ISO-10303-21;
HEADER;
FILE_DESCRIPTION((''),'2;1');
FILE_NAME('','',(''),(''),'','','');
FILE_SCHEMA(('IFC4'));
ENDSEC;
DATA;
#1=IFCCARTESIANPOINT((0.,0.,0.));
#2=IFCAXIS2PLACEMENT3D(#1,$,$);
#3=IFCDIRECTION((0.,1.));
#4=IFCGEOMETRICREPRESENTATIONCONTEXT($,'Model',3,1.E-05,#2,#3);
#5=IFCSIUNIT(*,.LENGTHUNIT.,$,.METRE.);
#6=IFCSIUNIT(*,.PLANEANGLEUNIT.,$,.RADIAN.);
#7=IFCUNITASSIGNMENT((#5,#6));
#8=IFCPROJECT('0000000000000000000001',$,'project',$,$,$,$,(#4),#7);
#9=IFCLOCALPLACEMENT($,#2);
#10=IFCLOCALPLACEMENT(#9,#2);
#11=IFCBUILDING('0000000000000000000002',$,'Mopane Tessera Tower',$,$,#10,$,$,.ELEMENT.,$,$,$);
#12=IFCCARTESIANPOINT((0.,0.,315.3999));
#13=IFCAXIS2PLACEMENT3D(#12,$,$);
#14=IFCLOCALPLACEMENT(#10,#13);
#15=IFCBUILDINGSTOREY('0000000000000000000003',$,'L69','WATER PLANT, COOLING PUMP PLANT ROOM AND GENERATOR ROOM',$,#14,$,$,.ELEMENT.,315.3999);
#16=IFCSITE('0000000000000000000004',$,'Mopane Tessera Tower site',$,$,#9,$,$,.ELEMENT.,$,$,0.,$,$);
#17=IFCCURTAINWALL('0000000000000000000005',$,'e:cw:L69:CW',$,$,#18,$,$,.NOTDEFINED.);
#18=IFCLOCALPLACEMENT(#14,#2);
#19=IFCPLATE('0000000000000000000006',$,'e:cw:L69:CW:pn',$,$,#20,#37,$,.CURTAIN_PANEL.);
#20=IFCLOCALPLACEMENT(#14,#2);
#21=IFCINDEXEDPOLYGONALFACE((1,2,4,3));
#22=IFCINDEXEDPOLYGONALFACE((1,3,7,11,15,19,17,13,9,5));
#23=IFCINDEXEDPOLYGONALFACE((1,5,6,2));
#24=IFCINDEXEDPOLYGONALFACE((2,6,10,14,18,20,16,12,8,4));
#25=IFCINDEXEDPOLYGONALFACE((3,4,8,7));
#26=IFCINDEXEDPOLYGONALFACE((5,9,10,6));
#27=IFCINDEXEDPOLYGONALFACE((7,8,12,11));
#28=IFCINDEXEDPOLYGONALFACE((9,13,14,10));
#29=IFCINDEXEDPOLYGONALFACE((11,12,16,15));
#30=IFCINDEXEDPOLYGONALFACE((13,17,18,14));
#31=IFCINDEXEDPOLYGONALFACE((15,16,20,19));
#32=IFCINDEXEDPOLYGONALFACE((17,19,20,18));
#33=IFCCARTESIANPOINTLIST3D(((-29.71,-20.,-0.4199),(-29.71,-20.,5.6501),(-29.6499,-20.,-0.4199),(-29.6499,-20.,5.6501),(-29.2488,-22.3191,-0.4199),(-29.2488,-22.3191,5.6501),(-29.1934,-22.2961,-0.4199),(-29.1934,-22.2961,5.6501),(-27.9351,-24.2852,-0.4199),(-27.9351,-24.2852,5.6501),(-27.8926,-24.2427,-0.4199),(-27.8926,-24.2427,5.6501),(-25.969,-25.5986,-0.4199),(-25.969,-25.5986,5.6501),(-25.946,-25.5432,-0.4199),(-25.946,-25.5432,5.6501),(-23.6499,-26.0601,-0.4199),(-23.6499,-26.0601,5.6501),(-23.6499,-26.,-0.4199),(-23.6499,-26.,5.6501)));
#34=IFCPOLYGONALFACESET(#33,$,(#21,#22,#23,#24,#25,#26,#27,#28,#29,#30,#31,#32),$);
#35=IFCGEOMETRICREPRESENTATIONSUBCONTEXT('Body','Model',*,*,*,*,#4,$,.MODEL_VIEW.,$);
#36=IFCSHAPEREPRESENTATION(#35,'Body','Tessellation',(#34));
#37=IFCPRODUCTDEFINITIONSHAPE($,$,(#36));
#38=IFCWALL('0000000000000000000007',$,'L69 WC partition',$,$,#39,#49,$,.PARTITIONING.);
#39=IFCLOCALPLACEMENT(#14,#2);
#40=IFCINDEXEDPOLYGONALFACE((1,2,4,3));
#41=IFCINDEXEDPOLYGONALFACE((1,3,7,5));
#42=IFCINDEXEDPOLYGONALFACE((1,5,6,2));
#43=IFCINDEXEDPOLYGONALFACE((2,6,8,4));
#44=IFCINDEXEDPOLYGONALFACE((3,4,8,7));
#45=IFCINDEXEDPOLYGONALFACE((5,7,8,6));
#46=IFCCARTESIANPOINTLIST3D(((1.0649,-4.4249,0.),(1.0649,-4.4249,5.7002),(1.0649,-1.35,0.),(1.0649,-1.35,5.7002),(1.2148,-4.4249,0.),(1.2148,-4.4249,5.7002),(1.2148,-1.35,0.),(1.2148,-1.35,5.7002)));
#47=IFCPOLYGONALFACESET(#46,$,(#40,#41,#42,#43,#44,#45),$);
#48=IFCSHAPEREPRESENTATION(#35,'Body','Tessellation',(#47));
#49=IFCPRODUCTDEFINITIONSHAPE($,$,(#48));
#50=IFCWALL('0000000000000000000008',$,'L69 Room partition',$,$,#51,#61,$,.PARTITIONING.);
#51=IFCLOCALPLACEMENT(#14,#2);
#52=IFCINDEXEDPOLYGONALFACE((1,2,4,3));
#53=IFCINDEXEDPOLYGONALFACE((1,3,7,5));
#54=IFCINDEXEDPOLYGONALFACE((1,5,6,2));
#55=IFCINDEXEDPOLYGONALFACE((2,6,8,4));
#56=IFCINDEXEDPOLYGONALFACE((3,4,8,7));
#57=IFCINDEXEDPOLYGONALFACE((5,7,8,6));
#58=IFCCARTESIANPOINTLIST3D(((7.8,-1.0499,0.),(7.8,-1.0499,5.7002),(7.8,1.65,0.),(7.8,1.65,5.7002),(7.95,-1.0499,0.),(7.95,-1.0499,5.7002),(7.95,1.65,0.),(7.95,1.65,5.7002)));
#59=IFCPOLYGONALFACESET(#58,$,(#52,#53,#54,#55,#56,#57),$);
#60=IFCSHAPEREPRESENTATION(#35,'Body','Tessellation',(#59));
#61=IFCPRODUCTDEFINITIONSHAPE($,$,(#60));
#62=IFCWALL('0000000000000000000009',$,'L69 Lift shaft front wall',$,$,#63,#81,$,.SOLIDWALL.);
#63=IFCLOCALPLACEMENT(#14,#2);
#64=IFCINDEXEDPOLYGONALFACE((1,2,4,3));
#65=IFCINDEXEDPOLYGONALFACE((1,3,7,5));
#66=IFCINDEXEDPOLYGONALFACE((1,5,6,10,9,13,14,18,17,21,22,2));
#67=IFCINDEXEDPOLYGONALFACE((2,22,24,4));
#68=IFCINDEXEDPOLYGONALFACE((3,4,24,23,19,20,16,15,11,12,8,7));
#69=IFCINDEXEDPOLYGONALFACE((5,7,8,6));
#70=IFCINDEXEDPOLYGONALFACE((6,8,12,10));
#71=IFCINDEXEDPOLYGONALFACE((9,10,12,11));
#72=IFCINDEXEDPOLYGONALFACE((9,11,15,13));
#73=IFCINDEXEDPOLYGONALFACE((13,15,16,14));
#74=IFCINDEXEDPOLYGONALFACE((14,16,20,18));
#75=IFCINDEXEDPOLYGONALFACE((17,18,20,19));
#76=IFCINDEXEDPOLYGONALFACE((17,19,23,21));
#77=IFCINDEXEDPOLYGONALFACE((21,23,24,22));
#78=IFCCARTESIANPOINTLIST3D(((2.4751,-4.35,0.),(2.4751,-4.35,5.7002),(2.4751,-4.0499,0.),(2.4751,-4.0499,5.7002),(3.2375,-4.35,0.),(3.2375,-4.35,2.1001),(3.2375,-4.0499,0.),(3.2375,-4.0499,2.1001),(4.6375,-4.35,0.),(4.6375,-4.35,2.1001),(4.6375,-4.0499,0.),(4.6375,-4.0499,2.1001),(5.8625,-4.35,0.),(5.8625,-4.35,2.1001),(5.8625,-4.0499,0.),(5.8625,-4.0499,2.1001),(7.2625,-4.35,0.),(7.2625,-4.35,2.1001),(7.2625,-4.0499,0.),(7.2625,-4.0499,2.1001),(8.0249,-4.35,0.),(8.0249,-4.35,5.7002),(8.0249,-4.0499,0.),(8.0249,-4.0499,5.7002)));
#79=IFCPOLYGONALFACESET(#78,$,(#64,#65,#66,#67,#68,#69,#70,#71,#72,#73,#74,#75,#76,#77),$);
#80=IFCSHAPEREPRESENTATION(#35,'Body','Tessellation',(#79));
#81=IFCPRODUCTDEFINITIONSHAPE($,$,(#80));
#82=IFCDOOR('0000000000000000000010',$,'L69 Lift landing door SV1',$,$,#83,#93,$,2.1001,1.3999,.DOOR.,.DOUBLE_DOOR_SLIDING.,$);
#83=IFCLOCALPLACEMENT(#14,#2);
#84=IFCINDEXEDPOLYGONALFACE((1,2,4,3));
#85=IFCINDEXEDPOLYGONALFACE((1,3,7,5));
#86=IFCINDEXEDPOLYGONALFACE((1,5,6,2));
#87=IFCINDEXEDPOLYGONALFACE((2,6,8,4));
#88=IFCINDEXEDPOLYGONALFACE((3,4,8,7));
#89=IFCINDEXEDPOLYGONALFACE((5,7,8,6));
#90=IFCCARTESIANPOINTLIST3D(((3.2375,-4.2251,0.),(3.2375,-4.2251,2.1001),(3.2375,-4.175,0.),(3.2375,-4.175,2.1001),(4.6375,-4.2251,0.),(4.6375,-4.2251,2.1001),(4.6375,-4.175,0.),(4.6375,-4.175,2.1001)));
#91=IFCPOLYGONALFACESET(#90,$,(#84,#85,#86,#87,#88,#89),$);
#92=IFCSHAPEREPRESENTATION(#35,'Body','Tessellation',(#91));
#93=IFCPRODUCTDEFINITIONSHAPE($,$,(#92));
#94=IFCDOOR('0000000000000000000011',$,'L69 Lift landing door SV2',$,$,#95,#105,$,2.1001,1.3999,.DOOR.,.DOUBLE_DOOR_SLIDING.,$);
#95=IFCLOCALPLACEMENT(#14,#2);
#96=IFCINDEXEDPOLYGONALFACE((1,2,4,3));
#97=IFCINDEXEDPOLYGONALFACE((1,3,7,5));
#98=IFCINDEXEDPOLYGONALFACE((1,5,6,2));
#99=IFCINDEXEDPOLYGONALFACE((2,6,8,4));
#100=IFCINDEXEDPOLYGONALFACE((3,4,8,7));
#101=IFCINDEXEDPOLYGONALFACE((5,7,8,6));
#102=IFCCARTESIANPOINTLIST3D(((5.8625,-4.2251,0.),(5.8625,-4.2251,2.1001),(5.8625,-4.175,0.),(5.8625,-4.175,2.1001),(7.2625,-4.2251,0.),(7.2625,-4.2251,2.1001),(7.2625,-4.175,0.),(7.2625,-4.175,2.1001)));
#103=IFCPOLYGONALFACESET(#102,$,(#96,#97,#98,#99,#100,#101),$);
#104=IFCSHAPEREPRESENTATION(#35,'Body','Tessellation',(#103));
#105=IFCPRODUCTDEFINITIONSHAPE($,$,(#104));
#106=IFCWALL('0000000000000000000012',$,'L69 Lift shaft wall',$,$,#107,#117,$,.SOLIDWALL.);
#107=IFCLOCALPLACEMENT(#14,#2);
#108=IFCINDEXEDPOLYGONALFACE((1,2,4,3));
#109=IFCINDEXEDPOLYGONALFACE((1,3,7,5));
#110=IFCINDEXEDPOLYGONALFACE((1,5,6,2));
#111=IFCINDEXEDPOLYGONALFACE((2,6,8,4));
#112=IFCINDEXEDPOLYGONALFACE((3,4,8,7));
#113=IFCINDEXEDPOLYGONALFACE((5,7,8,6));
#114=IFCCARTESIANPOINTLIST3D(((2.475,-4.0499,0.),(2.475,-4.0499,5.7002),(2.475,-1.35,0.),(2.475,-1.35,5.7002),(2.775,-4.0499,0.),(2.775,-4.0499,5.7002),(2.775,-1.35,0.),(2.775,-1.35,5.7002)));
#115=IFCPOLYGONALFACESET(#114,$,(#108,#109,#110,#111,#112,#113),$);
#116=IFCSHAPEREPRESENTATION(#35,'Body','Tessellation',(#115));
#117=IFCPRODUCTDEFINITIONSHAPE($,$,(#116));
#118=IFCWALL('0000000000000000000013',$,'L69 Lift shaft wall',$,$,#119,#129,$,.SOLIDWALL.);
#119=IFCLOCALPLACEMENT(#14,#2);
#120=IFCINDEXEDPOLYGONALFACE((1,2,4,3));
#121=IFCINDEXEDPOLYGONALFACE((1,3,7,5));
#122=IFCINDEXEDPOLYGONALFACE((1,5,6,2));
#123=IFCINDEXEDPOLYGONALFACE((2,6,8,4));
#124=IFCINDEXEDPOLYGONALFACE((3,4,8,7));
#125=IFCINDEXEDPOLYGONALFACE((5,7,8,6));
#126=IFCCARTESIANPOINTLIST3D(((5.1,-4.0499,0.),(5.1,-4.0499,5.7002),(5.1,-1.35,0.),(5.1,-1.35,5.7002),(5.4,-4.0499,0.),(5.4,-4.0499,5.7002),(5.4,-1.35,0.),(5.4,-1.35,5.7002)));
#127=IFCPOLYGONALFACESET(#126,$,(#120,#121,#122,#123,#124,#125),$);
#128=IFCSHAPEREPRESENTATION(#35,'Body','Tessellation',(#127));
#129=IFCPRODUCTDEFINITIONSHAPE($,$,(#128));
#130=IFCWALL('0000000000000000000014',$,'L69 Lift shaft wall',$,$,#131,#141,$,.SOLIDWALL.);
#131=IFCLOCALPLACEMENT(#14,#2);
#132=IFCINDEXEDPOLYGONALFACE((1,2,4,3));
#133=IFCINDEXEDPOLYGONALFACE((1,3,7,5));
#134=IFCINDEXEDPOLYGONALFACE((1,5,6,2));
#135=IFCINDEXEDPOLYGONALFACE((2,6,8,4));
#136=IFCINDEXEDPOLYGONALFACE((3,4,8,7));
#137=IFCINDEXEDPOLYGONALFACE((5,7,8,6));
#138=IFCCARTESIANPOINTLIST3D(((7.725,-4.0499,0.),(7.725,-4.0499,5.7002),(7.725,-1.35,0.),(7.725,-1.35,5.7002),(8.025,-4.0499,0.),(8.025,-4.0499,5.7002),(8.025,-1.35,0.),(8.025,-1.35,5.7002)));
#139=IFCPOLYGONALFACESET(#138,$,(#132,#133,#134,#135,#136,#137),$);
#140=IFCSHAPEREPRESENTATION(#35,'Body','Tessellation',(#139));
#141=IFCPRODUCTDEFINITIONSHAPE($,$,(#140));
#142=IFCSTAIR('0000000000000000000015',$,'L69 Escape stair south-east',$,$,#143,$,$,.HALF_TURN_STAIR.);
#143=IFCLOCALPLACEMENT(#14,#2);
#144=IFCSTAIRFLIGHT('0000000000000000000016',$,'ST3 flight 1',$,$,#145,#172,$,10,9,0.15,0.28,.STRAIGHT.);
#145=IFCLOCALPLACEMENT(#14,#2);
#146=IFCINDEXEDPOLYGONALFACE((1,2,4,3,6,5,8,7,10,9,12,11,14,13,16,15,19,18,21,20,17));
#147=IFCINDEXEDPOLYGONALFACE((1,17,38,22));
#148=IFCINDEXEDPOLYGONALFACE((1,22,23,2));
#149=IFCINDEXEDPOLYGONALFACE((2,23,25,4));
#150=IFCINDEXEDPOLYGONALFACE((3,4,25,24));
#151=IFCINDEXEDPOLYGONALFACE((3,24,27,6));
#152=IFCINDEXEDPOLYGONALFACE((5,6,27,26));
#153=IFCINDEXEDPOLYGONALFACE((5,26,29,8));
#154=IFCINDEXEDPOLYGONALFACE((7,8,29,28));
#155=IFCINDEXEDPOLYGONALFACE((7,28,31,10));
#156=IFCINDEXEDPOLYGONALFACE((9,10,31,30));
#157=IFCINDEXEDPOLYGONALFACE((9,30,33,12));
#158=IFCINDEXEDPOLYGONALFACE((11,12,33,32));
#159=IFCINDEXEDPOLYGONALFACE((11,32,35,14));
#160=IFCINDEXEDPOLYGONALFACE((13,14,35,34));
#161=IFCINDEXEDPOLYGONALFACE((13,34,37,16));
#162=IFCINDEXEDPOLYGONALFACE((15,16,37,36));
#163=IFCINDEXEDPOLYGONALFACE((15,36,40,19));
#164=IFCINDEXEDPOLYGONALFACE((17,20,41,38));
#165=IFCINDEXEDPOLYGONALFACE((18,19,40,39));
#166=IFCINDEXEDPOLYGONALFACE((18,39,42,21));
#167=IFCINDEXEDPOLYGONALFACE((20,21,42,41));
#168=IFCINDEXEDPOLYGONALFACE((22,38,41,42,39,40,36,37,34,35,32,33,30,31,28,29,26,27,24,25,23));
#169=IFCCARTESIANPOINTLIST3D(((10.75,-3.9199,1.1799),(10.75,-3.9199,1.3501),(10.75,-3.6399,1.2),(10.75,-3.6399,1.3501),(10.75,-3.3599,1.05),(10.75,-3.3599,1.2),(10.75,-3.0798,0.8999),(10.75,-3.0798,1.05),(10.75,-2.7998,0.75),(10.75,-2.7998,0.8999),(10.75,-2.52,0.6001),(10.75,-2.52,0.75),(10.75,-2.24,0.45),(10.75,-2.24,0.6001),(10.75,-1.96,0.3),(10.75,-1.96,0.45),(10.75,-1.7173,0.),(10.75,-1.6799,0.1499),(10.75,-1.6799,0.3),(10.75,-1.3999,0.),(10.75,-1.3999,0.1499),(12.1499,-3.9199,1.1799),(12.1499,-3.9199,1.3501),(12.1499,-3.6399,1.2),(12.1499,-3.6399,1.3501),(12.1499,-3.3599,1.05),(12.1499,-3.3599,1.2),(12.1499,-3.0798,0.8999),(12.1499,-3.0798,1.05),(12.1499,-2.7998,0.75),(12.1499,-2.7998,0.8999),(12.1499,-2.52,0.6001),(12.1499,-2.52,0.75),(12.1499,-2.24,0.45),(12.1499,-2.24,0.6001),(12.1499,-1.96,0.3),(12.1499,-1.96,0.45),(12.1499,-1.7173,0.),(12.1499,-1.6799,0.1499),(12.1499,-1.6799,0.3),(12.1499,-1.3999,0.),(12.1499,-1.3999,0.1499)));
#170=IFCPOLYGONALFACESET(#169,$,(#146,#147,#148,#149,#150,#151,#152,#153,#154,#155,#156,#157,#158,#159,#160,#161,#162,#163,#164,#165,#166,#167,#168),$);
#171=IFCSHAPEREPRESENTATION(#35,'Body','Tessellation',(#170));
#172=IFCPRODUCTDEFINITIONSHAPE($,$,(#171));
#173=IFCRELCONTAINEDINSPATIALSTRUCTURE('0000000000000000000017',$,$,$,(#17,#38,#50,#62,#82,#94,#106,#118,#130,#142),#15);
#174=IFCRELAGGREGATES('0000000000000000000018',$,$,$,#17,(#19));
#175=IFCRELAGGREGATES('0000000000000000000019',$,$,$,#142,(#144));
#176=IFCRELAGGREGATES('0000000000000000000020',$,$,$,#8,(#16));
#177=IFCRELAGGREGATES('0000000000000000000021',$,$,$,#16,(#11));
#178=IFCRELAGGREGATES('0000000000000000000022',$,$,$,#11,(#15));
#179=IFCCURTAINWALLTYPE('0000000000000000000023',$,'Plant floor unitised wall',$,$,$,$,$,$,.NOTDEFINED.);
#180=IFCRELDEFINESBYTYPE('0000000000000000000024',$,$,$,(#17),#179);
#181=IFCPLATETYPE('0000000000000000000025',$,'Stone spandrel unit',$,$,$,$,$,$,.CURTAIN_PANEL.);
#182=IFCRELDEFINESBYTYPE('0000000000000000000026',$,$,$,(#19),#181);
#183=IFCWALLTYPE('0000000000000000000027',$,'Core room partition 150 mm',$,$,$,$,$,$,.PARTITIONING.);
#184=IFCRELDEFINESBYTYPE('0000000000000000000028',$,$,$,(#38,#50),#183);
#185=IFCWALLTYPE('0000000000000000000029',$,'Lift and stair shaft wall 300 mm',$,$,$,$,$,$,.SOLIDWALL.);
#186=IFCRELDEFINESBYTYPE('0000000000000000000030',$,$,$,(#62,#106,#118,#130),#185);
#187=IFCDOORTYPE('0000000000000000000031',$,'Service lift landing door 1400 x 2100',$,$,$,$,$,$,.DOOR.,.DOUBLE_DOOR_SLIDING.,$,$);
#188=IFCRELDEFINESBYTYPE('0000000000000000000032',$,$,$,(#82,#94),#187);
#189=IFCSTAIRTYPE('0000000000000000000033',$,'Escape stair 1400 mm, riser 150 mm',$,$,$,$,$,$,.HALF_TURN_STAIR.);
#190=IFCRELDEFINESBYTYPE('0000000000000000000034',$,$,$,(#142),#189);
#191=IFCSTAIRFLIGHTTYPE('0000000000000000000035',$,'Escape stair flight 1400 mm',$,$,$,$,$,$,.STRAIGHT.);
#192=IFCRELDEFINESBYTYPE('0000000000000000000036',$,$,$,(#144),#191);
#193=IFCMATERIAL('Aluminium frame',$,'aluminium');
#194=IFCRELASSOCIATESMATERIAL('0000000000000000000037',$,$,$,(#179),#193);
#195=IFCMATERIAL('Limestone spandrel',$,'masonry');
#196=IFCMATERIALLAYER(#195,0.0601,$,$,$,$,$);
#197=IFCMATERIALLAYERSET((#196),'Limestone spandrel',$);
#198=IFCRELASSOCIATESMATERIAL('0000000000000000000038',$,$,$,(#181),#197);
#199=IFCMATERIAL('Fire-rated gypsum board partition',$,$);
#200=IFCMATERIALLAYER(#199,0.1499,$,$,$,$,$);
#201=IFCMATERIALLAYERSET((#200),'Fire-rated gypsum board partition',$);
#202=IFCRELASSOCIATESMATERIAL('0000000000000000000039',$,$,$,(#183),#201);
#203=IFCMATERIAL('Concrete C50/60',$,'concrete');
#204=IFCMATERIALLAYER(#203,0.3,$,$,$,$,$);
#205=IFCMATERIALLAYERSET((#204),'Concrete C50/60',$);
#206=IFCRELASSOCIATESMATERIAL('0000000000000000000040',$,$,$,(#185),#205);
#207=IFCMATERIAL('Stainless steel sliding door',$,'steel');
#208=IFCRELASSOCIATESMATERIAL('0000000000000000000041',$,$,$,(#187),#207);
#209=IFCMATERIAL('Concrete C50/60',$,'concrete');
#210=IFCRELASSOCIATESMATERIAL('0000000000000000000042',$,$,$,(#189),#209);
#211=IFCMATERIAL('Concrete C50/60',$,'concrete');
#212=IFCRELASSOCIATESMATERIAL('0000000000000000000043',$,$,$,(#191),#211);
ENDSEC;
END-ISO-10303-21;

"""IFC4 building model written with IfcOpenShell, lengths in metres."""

from ifc_helpers import new_model, si_unit, direction, frame, frame_2d, origin, place, context, subcontext, project, spatial, polyline, rectangle, outline, extrude, material, layer, layer_set, type_object, element, fill, aggregate, save


model = new_model("IFC4")

# Units and contexts
model_context = context("Model", 3, precision=1e-05, world=origin(), true_north=direction((0.0, 1.0)))
body_context = subcontext(model_context, "Body", "Model", "MODEL_VIEW")
ifc_project = project(units=[si_unit("LENGTHUNIT", "METRE"), si_unit("PLANEANGLEUNIT", "RADIAN")], contexts=[model_context])

# Site, building, storey
site_placement = place(None, origin())
site = spatial("IfcSite", under=ifc_project, at=site_placement, Name="Mopane Tessera Tower site", CompositionType="ELEMENT", RefElevation=0.0)
building_placement = place(site_placement, origin())
building = spatial("IfcBuilding", under=site, at=building_placement, Name="Mopane Tessera Tower", CompositionType="ELEMENT")
storey_placement = place(building_placement, frame((0.0, 0.0, 315.3999)))
storey = spatial("IfcBuildingStorey", under=building, at=storey_placement, Name="L69", Description="WATER PLANT, COOLING PUMP PLANT ROOM AND GENERATOR ROOM", CompositionType="ELEMENT", Elevation=315.3999)

# Curtain wall, plate
ifc_material_1 = material(Name="Aluminium frame", Category="aluminium")
curtain_wall_type = type_object("IfcCurtainWallType", Name="Plant floor unitised wall", PredefinedType="NOTDEFINED", material=ifc_material_1)
curtain_wall_placement = place(storey_placement, origin())
curtain_wall = element("IfcCurtainWall", 1, at=curtain_wall_placement, inside=storey, type_object=curtain_wall_type, Name="e:cw:L69:CW", PredefinedType="NOTDEFINED")
ifc_material_2 = material(Name="Limestone spandrel", Category="masonry")
ifc_layer_1 = layer(ifc_material_2, 0.0601)
ifc_layer_set_1 = layer_set([ifc_layer_1], Name="Limestone spandrel")
plate_type = type_object("IfcPlateType", Name="Stone spandrel unit", PredefinedType="CURTAIN_PANEL", material=ifc_layer_set_1)
plate_placement = place(storey_placement, frame((0.0, 0.0, -0.4199)))
plate = element("IfcPlate", 2, at=plate_placement, type_object=plate_type, Name="e:cw:L69:CW:pn", PredefinedType="CURTAIN_PANEL", context=body_context, shape_type="SweptSolid", body=[
    extrude(outline(polyline([(-29.6499, -20.0), (-29.1934, -22.2961), (-27.8926, -24.2427), (-25.946, -25.5432), (-23.6499, -26.0), (-23.6499, -26.0601), (-25.969, -25.5986), (-27.9351, -24.2852), (-29.2488, -22.3191), (-29.71, -20.0), (-29.6499, -20.0)])), origin(), (0.0, 0.0, 1.0), 6.0701),
])
aggregate(curtain_wall, [plate])

# Walls
ifc_material_3 = material(Name="Fire-rated gypsum board partition")
ifc_layer_2 = layer(ifc_material_3, 0.1499)
ifc_layer_set_2 = layer_set([ifc_layer_2], Name="Fire-rated gypsum board partition")
wall_type_1 = type_object("IfcWallType", Name="Core room partition 150 mm", PredefinedType="PARTITIONING", material=ifc_layer_set_2)
wall_1_placement = place(storey_placement, frame((1.1399, -4.425, 0.0), z_axis=(0.0, 0.0, 1.0), x_axis=(0.0, 1.0, 0.0)))
element("IfcWall", 3, at=wall_1_placement, inside=storey, type_object=wall_type_1, Name="L69 WC partition", PredefinedType="PARTITIONING", context=body_context, shape_type="SweptSolid", body=[
    extrude(rectangle(XDim=3.075, YDim=0.1499, at=frame_2d((1.5376, 0.0))), origin(), (0.0, 0.0, 1.0), 5.7002),
])
wall_2_placement = place(storey_placement, frame((7.875, -1.05, 0.0), z_axis=(0.0, 0.0, 1.0), x_axis=(0.0, 1.0, 0.0)))
element("IfcWall", 4, at=wall_2_placement, inside=storey, type_object=wall_type_1, Name="L69 Room partition", PredefinedType="PARTITIONING", context=body_context, shape_type="SweptSolid", body=[
    extrude(rectangle(XDim=2.7, YDim=0.1499, at=frame_2d((1.3501, 0.0))), origin(), (0.0, 0.0, 1.0), 5.7002),
])

# Wall, openings, doors
ifc_material_4 = material(Name="Concrete C50/60", Category="concrete")
ifc_layer_3 = layer(ifc_material_4, 0.3)
ifc_layer_set_3 = layer_set([ifc_layer_3], Name="Concrete C50/60")
wall_type_2 = type_object("IfcWallType", Name="Lift and stair shaft wall 300 mm", PredefinedType="SOLIDWALL", material=ifc_layer_set_3)
wall_3_placement = place(storey_placement, frame((2.4751, -4.2, 0.0), z_axis=(0.0, 0.0, 1.0), x_axis=(1.0, 0.0, 0.0)))
wall_3 = element("IfcWall", 5, at=wall_3_placement, inside=storey, type_object=wall_type_2, Name="L69 Lift shaft front wall", PredefinedType="SOLIDWALL", context=body_context, shape_type="SweptSolid", body=[
    extrude(rectangle(XDim=5.5498, YDim=0.3, at=frame_2d((2.7749, 0.0))), origin(), (0.0, 0.0, 1.0), 5.7002),
])
opening_1_placement = place(wall_3_placement, frame((0.7625, 0.0, 0.0)))
opening_1 = element("IfcOpeningElement", 6, at=opening_1_placement, cuts=wall_3, PredefinedType="OPENING", context=body_context, shape_type="SweptSolid", body=[
    extrude(rectangle(XDim=1.3999, YDim=2.1001, at=frame_2d((0.7, 1.05))), frame((0.0, 0.1621, 0.0), z_axis=(0.0, -1.0, 0.0), x_axis=(1.0, 0.0, 0.0)), (0.0, 0.0, 1.0), 0.324),
])
opening_2_placement = place(wall_3_placement, frame((3.3875, 0.0, 0.0)))
opening_2 = element("IfcOpeningElement", 7, at=opening_2_placement, cuts=wall_3, PredefinedType="OPENING", context=body_context, shape_type="SweptSolid", body=[
    extrude(rectangle(XDim=1.3999, YDim=2.1001, at=frame_2d((0.7, 1.05))), frame((0.0, 0.1621, 0.0), z_axis=(0.0, -1.0, 0.0), x_axis=(1.0, 0.0, 0.0)), (0.0, 0.0, 1.0), 0.324),
])
ifc_material_5 = material(Name="Stainless steel sliding door", Category="steel")
door_type = type_object("IfcDoorType", Name="Service lift landing door 1400 x 2100", OperationType="DOUBLE_DOOR_SLIDING", PredefinedType="DOOR", material=ifc_material_5)
door_1_placement = place(opening_1_placement, origin())
door_1 = element("IfcDoor", 8, at=door_1_placement, inside=storey, type_object=door_type, Name="L69 Lift landing door SV1", OperationType="DOUBLE_DOOR_SLIDING", OverallHeight=2.1001, OverallWidth=1.3999, PredefinedType="DOOR", context=body_context, shape_type="SweptSolid", body=[
    extrude(rectangle(XDim=1.3999, YDim=2.1001, at=frame_2d((0.7, 1.05))), frame((0.0, 0.0249, 0.0), z_axis=(0.0, -1.0, 0.0), x_axis=(1.0, 0.0, 0.0)), (0.0, 0.0, 1.0), 0.05),
])
fill(opening_1, door_1)
door_2_placement = place(opening_2_placement, origin())
door_2 = element("IfcDoor", 9, at=door_2_placement, inside=storey, type_object=door_type, Name="L69 Lift landing door SV2", OperationType="DOUBLE_DOOR_SLIDING", OverallHeight=2.1001, OverallWidth=1.3999, PredefinedType="DOOR", context=body_context, shape_type="SweptSolid", body=[
    extrude(rectangle(XDim=1.3999, YDim=2.1001, at=frame_2d((0.7, 1.05))), frame((0.0, 0.0249, 0.0), z_axis=(0.0, -1.0, 0.0), x_axis=(1.0, 0.0, 0.0)), (0.0, 0.0, 1.0), 0.05),
])
fill(opening_2, door_2)

# Walls
for number, where, z_axis, x_axis, name in (
    (10, (2.625, -4.05, 0.0), (0.0, 0.0, 1.0), (0.0, 1.0, 0.0), "L69 Lift shaft wall"),
    (11, (5.25, -4.05, 0.0), (0.0, 0.0, 1.0), (0.0, 1.0, 0.0), "L69 Lift shaft wall"),
    (12, (7.875, -4.05, 0.0), (0.0, 0.0, 1.0), (0.0, 1.0, 0.0), "L69 Lift shaft wall"),
):
    element("IfcWall", number, at=place(storey_placement, frame(where, z_axis=z_axis, x_axis=x_axis)), inside=storey, type_object=wall_type_2, Name=name, PredefinedType="SOLIDWALL", context=body_context, shape_type="SweptSolid", body=[
        extrude(rectangle(XDim=2.7, YDim=0.3, at=frame_2d((1.3501, 0.0))), origin(), (0.0, 0.0, 1.0), 5.7002),
    ])

# Stair, stair flight
ifc_material_6 = material(Name="Concrete C50/60", Category="concrete")
stair_type = type_object("IfcStairType", Name="Escape stair 1400 mm, riser 150 mm", PredefinedType="HALF_TURN_STAIR", material=ifc_material_6)
stair_placement = place(storey_placement, origin())
stair = element("IfcStair", 13, at=stair_placement, inside=storey, type_object=stair_type, Name="L69 Escape stair south-east", PredefinedType="HALF_TURN_STAIR")
ifc_material_7 = material(Name="Concrete C50/60", Category="concrete")
stair_flight_type = type_object("IfcStairFlightType", Name="Escape stair flight 1400 mm", PredefinedType="STRAIGHT", material=ifc_material_7)
stair_flight_1_placement = place(storey_placement, frame((11.45, -1.3999, 0.0), z_axis=(0.0, 0.0, 1.0), x_axis=(0.0, -1.0, 0.0)))
stair_flight_1 = element("IfcStairFlight", 14, at=stair_flight_1_placement, type_object=stair_flight_type, Name="ST3 flight 1", NumberOfRisers=10, NumberOfTreads=9, PredefinedType="STRAIGHT", RiserHeight=0.15, TreadLength=0.28, context=body_context, shape_type="SweptSolid", body=[
    extrude(outline(polyline([(0.0, 0.0), (0.0, 0.1499), (0.28, 0.1499), (0.28, 0.3), (0.5601, 0.3), (0.5601, 0.45), (0.8401, 0.45), (0.8401, 0.6001), (1.1201, 0.6001), (1.1201, 0.75), (1.3999, 0.75), (1.3999, 0.8999), (1.6799, 0.8999), (1.6799, 1.05), (1.96, 1.05), (1.96, 1.2), (2.24, 1.2), (2.24, 1.3501), (2.52, 1.3501), (2.52, 1.5), (2.52, 1.1799), (0.3174, 0.0), (0.0, 0.0)])), frame((0.0, 0.7, 0.0), z_axis=(0.0, -1.0, 0.0), x_axis=(1.0, 0.0, 0.0)), (0.0, 0.0, 1.0), 1.3999),
])
aggregate(stair, [stair_flight_1])

save(model, "model.ifc")
